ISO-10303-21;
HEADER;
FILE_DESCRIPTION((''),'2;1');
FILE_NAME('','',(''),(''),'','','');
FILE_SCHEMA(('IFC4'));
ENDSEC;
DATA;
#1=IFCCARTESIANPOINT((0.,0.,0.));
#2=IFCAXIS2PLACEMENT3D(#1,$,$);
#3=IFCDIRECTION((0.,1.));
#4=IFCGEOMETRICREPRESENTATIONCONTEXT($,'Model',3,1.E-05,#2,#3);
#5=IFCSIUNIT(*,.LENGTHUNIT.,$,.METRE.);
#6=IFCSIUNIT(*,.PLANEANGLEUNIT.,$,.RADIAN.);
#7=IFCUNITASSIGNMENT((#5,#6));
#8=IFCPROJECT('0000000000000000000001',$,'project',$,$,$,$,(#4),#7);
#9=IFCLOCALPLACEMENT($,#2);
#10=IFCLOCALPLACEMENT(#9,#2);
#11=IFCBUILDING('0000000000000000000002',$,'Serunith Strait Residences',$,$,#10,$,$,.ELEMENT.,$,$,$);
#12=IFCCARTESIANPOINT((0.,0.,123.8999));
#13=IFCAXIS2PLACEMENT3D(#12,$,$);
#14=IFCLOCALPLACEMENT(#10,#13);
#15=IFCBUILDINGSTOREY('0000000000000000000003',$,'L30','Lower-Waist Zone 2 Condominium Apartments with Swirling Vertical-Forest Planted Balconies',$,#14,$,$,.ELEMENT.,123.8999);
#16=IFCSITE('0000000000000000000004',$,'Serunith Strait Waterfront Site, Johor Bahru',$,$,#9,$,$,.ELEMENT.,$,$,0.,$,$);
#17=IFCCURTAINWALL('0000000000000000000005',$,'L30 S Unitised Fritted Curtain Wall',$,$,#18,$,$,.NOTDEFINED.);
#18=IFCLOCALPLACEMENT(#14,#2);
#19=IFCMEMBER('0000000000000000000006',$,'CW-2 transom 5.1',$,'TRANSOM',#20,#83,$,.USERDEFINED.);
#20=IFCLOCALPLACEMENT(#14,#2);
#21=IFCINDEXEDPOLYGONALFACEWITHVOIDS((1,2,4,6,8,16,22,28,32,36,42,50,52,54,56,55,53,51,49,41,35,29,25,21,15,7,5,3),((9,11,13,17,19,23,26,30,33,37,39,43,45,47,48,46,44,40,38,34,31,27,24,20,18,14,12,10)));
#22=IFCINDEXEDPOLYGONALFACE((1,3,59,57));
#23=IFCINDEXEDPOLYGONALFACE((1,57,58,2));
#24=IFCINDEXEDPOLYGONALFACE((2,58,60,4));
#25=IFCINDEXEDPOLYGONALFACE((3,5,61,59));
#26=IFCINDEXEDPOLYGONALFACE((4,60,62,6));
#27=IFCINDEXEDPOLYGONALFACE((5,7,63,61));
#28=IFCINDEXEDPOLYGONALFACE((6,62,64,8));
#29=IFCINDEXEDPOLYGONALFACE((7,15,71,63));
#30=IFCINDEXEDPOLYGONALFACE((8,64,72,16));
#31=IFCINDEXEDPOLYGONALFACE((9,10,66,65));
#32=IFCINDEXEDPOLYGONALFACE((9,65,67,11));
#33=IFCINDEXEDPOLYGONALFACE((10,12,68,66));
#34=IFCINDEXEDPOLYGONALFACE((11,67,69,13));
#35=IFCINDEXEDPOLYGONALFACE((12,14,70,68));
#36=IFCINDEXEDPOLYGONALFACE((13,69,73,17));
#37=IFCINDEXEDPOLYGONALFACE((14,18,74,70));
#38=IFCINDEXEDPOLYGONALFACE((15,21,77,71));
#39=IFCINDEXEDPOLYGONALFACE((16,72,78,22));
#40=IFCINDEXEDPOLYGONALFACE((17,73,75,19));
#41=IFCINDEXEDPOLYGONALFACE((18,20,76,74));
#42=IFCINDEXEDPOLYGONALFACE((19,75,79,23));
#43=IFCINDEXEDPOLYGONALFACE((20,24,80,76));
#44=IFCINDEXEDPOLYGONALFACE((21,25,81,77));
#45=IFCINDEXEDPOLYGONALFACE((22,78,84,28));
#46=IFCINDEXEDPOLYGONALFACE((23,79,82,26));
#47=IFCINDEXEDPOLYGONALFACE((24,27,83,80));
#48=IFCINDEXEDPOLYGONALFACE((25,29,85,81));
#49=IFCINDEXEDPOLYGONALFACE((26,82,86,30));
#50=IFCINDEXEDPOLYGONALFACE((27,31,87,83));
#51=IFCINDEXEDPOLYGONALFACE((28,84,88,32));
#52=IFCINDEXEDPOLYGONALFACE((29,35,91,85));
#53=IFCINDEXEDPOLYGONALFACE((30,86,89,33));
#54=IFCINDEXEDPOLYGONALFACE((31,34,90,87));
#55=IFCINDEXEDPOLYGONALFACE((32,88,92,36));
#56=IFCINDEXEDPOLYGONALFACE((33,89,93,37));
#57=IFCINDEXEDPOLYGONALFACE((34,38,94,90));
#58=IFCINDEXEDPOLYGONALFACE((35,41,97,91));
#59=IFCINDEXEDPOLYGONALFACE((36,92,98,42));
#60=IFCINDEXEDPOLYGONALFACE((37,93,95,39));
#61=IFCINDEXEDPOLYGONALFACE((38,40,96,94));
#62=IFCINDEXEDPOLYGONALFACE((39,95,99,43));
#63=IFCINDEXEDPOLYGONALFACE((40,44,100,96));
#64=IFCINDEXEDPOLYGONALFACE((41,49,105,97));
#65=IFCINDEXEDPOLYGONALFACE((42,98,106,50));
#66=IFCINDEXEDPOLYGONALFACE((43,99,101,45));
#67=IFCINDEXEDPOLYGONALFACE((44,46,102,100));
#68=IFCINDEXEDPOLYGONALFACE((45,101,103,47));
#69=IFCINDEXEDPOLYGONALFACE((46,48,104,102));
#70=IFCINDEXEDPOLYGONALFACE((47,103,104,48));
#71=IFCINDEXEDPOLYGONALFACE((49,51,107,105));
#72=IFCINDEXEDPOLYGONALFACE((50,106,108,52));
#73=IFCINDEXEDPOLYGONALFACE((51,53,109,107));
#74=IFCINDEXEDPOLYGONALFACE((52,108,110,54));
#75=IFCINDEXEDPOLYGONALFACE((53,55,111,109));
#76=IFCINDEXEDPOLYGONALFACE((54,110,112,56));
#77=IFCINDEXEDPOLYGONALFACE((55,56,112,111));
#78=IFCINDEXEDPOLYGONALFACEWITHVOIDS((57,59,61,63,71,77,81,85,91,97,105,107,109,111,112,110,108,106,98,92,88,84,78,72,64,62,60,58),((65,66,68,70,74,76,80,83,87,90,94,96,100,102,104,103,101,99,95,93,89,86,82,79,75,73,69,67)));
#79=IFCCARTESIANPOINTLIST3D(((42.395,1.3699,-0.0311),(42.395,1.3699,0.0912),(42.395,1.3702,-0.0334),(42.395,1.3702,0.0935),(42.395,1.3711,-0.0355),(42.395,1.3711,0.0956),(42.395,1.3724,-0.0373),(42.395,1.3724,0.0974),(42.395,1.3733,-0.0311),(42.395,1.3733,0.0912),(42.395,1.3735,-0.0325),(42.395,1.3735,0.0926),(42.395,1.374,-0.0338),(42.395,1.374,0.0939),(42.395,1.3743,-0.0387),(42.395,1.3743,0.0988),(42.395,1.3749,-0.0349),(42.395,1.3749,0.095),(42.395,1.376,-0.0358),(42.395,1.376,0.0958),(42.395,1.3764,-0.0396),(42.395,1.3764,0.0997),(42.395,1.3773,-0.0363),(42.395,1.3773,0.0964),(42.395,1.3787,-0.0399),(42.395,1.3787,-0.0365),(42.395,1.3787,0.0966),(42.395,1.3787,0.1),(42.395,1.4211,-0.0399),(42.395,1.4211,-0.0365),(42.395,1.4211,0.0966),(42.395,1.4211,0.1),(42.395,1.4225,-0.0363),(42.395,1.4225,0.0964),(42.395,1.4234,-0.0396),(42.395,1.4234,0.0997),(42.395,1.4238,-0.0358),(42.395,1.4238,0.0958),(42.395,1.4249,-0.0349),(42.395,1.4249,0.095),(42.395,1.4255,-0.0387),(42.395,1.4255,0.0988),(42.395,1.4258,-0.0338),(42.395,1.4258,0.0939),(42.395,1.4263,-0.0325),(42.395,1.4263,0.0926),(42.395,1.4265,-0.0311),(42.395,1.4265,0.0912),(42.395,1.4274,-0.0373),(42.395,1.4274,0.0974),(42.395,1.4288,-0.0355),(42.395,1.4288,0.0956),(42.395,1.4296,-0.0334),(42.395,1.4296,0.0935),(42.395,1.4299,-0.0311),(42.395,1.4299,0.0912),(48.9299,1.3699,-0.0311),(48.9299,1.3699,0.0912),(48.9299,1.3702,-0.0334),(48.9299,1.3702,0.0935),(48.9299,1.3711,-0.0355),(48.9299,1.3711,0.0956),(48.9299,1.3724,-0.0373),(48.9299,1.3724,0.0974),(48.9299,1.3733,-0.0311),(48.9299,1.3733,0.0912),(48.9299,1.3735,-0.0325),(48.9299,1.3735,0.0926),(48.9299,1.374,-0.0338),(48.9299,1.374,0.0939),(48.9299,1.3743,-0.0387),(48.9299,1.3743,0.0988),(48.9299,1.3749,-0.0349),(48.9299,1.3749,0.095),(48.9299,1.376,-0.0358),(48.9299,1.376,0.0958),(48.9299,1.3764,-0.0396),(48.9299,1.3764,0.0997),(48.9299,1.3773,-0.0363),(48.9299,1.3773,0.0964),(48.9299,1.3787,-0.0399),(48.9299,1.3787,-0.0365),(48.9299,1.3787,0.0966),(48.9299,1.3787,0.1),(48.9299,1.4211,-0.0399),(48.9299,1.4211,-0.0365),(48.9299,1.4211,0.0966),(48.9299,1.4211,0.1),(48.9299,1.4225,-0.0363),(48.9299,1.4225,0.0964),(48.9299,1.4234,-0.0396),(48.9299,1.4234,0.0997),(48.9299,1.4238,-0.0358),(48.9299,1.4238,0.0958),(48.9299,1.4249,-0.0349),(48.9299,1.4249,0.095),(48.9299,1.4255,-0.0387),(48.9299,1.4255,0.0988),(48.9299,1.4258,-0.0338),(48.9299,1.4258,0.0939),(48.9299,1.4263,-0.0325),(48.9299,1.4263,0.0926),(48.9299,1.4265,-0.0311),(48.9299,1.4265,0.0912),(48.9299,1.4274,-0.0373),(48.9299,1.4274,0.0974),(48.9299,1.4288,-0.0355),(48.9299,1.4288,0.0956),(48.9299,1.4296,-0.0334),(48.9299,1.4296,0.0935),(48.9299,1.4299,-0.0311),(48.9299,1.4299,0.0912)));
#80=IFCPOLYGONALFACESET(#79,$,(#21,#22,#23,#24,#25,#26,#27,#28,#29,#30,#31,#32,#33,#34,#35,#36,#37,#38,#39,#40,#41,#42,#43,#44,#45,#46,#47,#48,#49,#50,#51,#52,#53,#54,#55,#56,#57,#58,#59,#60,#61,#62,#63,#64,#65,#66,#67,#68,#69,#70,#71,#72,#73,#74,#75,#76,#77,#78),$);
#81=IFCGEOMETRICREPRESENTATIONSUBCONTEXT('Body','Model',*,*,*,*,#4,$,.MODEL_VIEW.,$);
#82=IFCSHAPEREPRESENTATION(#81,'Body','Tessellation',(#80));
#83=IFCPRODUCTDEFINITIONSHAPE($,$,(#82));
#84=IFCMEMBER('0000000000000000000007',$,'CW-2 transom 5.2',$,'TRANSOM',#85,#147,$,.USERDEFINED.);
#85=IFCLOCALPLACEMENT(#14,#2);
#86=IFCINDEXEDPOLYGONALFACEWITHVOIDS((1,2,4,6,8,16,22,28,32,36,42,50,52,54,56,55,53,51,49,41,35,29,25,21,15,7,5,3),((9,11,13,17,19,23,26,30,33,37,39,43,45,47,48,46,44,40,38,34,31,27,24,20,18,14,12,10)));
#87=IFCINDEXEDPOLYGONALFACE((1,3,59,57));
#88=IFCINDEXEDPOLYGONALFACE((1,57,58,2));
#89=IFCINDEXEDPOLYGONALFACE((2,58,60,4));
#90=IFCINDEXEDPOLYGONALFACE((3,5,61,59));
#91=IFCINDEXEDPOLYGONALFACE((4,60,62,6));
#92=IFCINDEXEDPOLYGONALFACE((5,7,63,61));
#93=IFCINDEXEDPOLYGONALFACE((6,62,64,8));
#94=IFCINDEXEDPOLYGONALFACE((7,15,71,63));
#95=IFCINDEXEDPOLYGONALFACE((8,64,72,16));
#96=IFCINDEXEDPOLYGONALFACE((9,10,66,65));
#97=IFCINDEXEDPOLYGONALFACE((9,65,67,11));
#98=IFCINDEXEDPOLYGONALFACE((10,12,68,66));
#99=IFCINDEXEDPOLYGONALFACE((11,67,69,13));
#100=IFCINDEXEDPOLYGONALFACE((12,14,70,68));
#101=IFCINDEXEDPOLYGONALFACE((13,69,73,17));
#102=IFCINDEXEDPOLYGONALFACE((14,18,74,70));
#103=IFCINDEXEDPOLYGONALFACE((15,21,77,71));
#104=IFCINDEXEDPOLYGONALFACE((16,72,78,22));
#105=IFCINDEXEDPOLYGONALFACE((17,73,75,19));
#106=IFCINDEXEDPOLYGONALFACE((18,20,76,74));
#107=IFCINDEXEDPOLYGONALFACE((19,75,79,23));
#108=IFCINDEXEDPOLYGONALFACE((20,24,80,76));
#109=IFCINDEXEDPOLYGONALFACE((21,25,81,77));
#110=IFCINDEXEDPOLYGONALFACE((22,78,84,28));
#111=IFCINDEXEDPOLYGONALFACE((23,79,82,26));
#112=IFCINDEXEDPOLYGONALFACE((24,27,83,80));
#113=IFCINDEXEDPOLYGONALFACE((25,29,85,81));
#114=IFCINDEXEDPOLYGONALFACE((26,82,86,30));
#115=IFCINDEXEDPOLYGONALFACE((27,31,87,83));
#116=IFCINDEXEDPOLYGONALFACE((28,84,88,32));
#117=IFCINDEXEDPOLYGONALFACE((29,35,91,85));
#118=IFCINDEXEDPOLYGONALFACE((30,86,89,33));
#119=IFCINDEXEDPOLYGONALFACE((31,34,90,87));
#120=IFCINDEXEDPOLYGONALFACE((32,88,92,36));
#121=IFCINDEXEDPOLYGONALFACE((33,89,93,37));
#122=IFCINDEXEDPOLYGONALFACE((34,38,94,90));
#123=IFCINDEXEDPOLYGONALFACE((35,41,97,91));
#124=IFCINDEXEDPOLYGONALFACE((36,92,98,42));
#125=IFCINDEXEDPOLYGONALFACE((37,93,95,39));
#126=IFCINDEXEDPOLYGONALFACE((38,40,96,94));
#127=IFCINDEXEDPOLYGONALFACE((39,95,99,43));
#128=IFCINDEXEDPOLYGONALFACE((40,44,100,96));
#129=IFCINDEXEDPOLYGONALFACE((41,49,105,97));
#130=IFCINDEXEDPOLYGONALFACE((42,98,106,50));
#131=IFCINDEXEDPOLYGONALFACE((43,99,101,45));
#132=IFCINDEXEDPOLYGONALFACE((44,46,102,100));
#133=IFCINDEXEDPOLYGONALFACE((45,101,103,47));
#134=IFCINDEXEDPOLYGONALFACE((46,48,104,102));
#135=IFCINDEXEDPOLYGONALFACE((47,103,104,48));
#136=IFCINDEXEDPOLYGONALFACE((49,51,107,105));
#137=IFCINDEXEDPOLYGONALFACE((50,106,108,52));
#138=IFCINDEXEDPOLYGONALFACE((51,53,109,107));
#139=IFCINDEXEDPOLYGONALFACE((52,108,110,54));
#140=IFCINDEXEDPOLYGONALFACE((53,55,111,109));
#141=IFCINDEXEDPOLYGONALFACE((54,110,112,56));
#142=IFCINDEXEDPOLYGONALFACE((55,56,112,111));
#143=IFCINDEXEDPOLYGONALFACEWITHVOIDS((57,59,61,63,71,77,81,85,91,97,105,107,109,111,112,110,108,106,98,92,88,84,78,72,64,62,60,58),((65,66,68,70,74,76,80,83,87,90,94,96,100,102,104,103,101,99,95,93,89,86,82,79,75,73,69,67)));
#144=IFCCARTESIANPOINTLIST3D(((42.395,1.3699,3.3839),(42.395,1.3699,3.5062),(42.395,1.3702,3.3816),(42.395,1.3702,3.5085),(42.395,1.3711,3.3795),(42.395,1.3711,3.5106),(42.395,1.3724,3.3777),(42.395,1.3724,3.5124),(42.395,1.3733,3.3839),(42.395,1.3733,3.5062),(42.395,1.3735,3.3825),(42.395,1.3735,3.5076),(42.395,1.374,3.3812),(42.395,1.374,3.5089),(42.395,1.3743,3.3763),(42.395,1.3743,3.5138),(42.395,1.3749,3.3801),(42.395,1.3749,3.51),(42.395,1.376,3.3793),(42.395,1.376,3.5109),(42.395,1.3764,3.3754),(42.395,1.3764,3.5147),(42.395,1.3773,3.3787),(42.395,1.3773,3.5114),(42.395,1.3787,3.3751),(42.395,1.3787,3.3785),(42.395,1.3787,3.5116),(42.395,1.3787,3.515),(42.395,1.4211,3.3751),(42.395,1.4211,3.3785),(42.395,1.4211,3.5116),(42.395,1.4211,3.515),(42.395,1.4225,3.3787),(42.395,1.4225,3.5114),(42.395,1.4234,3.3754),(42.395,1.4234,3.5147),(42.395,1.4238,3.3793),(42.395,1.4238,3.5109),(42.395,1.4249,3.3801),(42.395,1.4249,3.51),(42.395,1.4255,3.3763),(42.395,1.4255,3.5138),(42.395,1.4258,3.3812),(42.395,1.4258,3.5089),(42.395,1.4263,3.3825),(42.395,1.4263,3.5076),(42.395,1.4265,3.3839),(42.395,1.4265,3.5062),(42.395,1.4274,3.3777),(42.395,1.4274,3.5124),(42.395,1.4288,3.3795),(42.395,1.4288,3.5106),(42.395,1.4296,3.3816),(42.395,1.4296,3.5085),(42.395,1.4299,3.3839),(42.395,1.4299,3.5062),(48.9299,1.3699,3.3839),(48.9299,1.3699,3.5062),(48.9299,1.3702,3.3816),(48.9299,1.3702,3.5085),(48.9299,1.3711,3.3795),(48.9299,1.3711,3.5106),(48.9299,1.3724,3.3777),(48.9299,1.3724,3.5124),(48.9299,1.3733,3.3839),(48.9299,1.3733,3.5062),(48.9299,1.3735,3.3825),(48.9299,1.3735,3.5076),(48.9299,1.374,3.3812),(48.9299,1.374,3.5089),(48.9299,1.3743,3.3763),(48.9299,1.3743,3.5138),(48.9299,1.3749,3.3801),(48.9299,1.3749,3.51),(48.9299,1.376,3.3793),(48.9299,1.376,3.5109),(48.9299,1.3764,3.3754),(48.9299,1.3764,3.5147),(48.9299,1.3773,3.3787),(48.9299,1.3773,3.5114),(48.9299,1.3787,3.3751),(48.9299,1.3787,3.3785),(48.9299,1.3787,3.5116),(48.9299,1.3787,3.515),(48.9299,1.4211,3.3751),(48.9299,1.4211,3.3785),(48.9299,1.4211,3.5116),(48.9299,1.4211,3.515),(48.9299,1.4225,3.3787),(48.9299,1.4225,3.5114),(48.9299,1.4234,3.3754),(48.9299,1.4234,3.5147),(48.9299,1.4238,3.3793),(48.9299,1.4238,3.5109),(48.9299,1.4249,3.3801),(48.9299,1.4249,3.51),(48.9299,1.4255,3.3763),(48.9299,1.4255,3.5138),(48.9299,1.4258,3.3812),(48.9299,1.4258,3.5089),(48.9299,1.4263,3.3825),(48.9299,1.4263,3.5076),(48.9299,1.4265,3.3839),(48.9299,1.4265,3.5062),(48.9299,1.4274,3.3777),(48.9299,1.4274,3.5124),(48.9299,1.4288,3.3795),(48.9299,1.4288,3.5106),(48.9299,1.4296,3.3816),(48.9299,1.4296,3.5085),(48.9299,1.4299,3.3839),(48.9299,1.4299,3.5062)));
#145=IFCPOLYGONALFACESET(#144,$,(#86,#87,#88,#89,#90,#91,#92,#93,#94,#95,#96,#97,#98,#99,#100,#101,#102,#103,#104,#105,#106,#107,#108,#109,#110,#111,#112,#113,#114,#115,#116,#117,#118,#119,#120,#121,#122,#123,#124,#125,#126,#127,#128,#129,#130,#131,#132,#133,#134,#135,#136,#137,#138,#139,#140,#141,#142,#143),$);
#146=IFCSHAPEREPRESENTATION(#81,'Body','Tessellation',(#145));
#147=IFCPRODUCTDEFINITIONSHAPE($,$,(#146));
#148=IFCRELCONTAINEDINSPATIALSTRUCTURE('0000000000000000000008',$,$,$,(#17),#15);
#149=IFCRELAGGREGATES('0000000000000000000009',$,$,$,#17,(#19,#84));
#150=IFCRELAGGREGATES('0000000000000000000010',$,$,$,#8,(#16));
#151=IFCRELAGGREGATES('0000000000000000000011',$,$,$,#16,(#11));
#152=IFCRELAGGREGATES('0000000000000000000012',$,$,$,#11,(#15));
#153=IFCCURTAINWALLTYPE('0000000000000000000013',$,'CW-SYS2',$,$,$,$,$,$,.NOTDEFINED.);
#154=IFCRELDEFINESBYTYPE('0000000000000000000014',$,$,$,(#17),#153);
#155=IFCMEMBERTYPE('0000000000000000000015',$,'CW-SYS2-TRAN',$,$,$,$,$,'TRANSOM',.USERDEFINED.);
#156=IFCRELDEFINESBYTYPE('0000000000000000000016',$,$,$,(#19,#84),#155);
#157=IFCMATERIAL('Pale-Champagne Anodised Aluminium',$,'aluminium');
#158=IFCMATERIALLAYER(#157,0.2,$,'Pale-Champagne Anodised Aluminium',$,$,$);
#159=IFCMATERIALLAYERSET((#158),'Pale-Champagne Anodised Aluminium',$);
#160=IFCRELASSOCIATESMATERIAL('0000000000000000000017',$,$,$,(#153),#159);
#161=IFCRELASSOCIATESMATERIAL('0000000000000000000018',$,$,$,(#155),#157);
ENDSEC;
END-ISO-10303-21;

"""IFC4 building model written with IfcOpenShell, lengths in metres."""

from ifc_helpers import new_model, si_unit, direction, frame, origin, origin_2d, place, context, subcontext, project, spatial, hollow_rectangle, extrude, source, transform, mapped, material, layer, layer_set, material_profile, profile_set, type_object, element, aggregate, save


model = new_model("IFC4")

# Units and contexts
model_context = context("Model", 3, precision=1e-05, world=origin(), true_north=direction((0.0, 1.0)))
body_context = subcontext(model_context, "Body", "Model", "MODEL_VIEW")
ifc_project = project(units=[si_unit("LENGTHUNIT", "METRE"), si_unit("PLANEANGLEUNIT", "RADIAN")], contexts=[model_context])

# Site, building, storey
site_placement = place(None, origin())
site = spatial("IfcSite", under=ifc_project, at=site_placement, Name="Serunith Strait Waterfront Site, Johor Bahru", CompositionType="ELEMENT", RefElevation=0.0)
building_placement = place(site_placement, origin())
building = spatial("IfcBuilding", under=site, at=building_placement, Name="Serunith Strait Residences", CompositionType="ELEMENT")
storey_placement = place(building_placement, frame((0.0, 0.0, 123.8999)))
storey = spatial("IfcBuildingStorey", under=building, at=storey_placement, Name="L30", Description="Lower-Waist Zone 2 Condominium Apartments with Swirling Vertical-Forest Planted Balconies", CompositionType="ELEMENT", Elevation=123.8999)

# Curtain wall, members
ifc_material_1 = material(Name="Pale-Champagne Anodised Aluminium", Category="aluminium")
ifc_layer_1 = layer(ifc_material_1, 0.2, Name="Pale-Champagne Anodised Aluminium")
ifc_layer_set_1 = layer_set([ifc_layer_1], Name="Pale-Champagne Anodised Aluminium")
curtain_wall_type = type_object("IfcCurtainWallType", Name="CW-SYS2", PredefinedType="NOTDEFINED", material=ifc_layer_set_1)
curtain_wall_placement = place(storey_placement, origin())
curtain_wall = element("IfcCurtainWall", 1, at=curtain_wall_placement, inside=storey, type_object=curtain_wall_type, Name="L30 S Unitised Fritted Curtain Wall", PredefinedType="NOTDEFINED")
ifc_material_profile_1 = material_profile(ifc_material_1, hollow_rectangle(XDim=0.0601, YDim=0.1399, WallThickness=0.0034, InnerFilletRadius=0.0054, OuterFilletRadius=0.0088, at=origin_2d()), Name="ALU 140x60x3.5")
ifc_profile_set_1 = profile_set([ifc_material_profile_1], Name="Pale-Champagne Anodised Aluminium")
member_type_1 = type_object("IfcMemberType", Name="CW-SYS2-TRAN", ElementType="TRANSOM", PredefinedType="USERDEFINED", material=ifc_profile_set_1)
shared_shape_1 = source(origin(), body_context, "Body", "SweptSolid", [
    extrude(hollow_rectangle(XDim=0.0601, YDim=0.1399, WallThickness=0.0034, InnerFilletRadius=0.0054, OuterFilletRadius=0.0088, at=origin_2d()), origin(), (0.0, 0.0, 1.0), 6.5349),
])
member_1_placement = place(storey_placement, frame((42.395, 1.3999, 0.03), z_axis=(1.0, 0.0, 0.0), x_axis=(0.0, 1.0, 0.0)))
member_1 = element("IfcMember", 2, at=member_1_placement, type_object=member_type_1, Name="CW-2 transom 5.1", ObjectType="TRANSOM", PredefinedType="USERDEFINED", context=body_context, shape_type="MappedRepresentation", body=[
    mapped(shared_shape_1, transform((0.0, 0.0, 0.0), scale=1.0)),
])
member_2_placement = place(storey_placement, frame((42.395, 1.3999, 3.4451), z_axis=(1.0, 0.0, 0.0), x_axis=(0.0, 1.0, 0.0)))
member_2 = element("IfcMember", 3, at=member_2_placement, type_object=member_type_1, Name="CW-2 transom 5.2", ObjectType="TRANSOM", PredefinedType="USERDEFINED", context=body_context, shape_type="MappedRepresentation", body=[
    mapped(shared_shape_1, transform((0.0, 0.0, 0.0), scale=1.0)),
])
aggregate(curtain_wall, [member_1, member_2])

save(model, "model.ifc")
